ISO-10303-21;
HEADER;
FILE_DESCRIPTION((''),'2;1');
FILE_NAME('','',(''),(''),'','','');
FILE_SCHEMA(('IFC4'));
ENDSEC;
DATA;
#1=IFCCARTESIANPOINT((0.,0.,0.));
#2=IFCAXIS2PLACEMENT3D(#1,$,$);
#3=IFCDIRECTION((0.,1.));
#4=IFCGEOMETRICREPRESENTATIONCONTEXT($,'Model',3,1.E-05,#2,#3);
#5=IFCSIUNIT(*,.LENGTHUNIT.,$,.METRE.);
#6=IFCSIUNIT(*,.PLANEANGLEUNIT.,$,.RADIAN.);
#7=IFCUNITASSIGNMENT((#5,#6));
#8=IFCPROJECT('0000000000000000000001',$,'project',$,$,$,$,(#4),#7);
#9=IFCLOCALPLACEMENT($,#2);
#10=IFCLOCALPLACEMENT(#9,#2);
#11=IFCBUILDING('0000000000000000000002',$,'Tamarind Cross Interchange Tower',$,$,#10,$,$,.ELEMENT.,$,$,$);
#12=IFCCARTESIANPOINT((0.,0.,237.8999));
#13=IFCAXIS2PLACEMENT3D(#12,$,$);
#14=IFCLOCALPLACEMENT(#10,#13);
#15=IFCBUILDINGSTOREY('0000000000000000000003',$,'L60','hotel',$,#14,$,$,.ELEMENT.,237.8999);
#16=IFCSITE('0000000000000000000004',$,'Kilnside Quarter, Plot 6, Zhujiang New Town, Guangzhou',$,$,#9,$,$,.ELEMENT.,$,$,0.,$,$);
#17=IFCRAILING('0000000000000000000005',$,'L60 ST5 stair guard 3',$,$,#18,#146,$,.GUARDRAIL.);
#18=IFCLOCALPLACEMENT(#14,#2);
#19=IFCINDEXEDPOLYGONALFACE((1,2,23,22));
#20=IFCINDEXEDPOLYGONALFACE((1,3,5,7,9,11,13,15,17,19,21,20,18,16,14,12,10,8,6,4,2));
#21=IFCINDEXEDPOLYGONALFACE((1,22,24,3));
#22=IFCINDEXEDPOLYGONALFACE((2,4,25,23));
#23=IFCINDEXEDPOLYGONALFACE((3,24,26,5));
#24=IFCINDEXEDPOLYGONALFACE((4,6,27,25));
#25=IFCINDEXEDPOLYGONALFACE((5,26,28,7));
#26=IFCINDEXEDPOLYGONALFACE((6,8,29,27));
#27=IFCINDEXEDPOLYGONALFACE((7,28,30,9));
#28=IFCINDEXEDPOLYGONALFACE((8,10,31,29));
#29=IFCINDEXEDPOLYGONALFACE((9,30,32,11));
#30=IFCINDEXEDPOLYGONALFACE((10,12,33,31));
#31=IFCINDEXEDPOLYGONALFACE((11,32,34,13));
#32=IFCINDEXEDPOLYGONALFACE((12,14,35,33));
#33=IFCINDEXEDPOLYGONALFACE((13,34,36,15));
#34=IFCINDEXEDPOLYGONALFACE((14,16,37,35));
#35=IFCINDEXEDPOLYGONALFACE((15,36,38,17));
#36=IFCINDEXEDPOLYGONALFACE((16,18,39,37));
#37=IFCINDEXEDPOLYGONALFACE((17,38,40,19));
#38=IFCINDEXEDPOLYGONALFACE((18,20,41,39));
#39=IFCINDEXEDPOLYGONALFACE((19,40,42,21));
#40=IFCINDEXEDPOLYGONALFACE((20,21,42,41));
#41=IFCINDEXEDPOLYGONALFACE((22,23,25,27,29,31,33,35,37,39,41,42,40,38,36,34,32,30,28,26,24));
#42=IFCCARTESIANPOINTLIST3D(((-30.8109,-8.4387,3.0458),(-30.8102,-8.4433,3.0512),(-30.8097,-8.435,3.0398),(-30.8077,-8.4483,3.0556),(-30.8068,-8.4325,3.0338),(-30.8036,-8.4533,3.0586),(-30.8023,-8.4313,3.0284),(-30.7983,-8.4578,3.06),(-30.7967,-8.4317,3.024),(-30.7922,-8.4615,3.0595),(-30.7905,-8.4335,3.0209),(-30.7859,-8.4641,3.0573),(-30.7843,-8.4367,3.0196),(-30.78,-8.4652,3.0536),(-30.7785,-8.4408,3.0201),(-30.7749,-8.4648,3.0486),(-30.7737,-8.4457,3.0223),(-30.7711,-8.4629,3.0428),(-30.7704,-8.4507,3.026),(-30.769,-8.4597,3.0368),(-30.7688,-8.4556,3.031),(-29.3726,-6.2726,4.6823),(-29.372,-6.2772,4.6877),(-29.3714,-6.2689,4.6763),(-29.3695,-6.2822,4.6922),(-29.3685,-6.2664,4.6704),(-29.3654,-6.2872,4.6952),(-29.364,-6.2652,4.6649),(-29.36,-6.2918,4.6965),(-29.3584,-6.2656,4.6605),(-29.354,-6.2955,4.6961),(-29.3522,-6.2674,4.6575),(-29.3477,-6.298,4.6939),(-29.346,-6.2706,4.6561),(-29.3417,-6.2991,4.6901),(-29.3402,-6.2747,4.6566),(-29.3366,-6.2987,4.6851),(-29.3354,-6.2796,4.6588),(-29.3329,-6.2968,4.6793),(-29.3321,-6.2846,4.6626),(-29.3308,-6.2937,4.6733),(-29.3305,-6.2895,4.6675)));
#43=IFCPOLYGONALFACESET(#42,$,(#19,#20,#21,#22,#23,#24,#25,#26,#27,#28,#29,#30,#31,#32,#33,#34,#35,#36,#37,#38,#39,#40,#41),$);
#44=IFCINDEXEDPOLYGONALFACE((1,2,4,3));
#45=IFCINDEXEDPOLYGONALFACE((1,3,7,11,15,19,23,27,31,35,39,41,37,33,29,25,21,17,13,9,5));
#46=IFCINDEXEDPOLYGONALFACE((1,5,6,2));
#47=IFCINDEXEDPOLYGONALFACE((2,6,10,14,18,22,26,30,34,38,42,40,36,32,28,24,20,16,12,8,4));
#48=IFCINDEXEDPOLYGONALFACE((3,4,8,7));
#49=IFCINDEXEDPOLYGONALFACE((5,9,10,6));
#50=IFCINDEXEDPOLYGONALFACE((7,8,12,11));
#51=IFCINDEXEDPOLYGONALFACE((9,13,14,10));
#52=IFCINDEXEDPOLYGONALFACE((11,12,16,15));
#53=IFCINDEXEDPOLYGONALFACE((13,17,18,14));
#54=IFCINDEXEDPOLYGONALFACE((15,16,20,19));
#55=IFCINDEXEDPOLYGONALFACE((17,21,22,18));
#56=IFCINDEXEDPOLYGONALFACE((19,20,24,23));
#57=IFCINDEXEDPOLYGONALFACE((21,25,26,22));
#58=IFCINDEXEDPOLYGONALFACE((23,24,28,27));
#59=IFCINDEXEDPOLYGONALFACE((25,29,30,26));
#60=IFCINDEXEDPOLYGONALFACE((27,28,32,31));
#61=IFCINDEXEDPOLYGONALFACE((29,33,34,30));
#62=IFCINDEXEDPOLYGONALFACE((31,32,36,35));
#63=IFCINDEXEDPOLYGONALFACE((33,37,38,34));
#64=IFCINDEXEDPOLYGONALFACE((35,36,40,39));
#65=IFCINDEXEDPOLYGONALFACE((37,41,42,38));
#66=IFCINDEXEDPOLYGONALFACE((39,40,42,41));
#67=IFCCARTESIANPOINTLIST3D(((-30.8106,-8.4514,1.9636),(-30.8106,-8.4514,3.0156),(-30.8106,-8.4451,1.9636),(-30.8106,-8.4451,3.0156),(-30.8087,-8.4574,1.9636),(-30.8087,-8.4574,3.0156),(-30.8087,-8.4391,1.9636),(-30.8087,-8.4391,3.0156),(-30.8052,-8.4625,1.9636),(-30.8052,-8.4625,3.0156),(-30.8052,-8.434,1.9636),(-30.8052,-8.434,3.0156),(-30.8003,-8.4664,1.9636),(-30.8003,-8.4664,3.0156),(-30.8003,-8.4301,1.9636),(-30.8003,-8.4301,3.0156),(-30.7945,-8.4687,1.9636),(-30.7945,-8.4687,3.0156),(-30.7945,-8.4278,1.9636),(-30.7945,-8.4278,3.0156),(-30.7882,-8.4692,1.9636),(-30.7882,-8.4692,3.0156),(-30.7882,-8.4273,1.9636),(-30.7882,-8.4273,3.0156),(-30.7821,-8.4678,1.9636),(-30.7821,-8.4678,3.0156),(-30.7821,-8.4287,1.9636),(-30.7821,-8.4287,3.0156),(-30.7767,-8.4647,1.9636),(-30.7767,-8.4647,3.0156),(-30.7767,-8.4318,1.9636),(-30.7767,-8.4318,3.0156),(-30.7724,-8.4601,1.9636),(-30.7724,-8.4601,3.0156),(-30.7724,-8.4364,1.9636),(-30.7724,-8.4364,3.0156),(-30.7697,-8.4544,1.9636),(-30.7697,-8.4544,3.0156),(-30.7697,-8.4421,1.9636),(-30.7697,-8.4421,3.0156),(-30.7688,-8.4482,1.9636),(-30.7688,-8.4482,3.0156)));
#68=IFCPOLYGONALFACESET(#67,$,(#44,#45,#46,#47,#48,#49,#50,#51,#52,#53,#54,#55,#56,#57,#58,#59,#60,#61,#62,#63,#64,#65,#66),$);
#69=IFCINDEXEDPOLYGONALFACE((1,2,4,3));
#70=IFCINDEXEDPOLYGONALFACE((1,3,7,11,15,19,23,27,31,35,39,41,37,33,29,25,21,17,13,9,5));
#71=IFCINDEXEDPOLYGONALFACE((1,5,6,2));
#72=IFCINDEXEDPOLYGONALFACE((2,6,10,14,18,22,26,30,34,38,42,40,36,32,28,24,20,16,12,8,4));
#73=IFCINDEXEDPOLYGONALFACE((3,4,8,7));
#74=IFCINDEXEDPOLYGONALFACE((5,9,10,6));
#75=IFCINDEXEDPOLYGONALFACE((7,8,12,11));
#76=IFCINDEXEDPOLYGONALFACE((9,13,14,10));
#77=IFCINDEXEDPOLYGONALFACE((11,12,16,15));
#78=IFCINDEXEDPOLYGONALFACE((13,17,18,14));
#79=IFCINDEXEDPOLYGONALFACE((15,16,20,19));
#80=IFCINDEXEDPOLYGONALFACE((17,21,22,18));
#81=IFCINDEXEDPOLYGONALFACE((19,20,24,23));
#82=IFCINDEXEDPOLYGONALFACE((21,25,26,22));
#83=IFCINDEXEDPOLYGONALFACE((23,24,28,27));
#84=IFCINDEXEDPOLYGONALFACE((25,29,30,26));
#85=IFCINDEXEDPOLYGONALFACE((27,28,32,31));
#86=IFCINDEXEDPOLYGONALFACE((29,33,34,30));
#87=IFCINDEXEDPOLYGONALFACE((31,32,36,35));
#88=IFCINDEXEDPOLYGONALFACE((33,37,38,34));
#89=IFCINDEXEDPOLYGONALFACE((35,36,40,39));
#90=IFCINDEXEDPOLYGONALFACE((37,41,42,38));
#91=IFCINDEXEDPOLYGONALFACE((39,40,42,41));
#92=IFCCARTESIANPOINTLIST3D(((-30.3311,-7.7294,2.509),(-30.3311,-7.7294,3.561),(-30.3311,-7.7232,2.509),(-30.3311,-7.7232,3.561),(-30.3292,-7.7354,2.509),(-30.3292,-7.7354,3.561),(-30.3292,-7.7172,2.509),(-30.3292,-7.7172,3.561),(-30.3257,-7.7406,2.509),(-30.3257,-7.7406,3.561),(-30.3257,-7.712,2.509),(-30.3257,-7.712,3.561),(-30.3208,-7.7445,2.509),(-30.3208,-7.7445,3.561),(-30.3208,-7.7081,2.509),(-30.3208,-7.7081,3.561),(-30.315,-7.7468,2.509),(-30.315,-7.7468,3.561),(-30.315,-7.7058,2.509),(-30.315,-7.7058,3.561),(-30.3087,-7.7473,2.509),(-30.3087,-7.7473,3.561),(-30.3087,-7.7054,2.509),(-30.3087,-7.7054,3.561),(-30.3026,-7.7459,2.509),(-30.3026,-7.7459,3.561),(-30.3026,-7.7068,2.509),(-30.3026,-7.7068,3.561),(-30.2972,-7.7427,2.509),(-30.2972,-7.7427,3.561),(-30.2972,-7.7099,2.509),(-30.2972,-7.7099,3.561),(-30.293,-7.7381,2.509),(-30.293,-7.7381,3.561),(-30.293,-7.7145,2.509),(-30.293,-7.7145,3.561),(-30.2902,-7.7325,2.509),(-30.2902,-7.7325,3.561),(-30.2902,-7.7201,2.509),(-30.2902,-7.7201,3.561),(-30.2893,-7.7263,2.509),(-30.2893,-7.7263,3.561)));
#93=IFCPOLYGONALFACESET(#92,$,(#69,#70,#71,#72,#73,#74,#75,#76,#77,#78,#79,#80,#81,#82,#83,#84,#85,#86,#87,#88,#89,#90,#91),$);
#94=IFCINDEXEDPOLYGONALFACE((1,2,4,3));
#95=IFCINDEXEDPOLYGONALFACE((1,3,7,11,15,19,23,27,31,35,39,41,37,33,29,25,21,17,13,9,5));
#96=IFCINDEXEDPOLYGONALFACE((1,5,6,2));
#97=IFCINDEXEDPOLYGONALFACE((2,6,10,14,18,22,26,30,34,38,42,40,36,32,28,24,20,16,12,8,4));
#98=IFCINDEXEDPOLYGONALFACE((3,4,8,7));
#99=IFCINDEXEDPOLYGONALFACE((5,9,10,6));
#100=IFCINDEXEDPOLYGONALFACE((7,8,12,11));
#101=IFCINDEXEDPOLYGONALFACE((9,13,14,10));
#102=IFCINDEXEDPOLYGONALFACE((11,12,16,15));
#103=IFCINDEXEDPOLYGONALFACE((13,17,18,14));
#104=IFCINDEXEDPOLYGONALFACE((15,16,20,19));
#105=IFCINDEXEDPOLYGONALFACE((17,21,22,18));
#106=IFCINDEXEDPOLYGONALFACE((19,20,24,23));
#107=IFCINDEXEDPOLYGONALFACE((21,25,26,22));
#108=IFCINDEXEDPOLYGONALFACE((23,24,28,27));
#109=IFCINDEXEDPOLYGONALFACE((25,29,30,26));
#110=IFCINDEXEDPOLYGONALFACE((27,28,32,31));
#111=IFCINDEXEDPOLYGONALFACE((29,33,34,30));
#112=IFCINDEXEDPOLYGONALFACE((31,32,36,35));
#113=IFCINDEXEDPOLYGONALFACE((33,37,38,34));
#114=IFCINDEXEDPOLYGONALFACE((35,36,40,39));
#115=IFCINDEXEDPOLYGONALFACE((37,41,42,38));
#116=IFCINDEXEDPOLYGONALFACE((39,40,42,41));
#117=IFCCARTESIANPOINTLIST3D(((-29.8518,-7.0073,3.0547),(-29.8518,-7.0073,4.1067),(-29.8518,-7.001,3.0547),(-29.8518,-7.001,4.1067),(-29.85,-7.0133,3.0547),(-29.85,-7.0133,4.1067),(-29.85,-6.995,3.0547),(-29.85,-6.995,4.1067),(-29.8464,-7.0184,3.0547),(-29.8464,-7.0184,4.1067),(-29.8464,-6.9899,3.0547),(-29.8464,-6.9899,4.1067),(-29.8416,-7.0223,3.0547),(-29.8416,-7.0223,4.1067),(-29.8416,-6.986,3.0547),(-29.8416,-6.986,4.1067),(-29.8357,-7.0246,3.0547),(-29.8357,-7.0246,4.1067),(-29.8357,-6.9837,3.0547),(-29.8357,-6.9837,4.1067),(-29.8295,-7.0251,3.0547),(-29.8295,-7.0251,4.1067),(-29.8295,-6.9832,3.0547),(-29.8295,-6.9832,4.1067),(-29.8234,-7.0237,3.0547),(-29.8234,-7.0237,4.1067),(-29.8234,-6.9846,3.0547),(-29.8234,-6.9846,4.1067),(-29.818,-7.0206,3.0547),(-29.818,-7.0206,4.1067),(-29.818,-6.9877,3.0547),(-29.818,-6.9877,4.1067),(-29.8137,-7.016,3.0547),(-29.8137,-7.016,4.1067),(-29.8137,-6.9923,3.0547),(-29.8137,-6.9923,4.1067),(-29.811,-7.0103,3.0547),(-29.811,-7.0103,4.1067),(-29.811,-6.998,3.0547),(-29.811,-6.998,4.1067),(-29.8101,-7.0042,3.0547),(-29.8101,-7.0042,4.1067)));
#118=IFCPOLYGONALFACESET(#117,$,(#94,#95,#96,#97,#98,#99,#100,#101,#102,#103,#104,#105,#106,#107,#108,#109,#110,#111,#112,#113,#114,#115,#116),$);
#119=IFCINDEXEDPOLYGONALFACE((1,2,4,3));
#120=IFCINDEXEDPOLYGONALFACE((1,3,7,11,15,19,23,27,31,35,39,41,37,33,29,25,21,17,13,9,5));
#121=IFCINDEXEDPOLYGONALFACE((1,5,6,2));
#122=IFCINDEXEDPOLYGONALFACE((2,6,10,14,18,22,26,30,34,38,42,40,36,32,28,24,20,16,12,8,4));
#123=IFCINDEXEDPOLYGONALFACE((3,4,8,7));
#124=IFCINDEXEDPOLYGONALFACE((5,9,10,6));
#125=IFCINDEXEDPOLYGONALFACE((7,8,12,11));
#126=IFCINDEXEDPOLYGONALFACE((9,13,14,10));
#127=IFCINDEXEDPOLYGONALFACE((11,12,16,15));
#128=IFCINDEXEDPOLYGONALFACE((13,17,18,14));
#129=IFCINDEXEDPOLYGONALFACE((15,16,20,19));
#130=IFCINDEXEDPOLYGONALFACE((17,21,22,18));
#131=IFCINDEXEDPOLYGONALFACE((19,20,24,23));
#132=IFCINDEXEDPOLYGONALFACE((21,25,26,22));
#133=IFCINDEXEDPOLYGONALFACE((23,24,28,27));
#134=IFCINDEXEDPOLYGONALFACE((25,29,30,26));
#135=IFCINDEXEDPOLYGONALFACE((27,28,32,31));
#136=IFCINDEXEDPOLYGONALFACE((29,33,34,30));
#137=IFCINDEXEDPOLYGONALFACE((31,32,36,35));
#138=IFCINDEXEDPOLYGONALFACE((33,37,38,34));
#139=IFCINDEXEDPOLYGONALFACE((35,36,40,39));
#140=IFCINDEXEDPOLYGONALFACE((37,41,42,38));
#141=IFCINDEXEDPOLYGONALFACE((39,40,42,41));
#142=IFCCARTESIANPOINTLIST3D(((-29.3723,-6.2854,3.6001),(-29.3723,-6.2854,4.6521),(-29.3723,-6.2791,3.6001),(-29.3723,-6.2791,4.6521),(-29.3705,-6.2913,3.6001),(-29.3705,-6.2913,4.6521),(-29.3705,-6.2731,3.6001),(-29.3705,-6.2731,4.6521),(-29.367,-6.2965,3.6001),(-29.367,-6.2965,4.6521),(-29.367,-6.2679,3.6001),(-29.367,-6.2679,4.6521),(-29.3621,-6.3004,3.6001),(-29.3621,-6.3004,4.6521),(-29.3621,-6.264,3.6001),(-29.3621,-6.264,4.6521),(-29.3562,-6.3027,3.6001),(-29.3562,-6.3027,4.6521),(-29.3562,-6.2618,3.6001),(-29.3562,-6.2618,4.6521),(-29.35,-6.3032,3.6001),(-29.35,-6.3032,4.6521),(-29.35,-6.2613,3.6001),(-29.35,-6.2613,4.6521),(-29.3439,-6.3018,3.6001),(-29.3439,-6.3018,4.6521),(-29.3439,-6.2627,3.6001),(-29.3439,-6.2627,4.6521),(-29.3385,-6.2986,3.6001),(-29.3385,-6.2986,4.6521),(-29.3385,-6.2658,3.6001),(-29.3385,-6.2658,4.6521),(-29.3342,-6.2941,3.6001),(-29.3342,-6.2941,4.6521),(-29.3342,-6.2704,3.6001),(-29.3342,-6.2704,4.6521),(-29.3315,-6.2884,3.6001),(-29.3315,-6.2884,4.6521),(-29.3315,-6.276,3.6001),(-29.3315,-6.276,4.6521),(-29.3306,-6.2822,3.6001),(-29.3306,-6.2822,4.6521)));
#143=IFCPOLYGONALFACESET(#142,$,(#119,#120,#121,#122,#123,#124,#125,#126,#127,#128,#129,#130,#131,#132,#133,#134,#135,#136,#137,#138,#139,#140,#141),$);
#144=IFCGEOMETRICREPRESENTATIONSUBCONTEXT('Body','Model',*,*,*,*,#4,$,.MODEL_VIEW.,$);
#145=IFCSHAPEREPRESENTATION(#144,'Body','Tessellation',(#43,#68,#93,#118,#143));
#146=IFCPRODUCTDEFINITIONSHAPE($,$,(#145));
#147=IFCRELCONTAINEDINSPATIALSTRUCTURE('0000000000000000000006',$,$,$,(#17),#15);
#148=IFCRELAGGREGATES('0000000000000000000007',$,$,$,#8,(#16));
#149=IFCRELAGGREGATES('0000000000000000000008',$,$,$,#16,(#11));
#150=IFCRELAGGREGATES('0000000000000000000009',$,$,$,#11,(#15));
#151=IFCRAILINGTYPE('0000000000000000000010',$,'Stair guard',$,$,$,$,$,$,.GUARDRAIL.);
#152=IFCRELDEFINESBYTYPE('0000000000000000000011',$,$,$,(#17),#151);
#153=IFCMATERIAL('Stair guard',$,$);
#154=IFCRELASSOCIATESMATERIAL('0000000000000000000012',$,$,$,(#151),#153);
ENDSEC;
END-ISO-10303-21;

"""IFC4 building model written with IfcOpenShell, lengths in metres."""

from ifc_helpers import new_model, si_unit, direction, frame, origin, origin_2d, place, context, subcontext, project, spatial, circle, extrude, material, type_object, element, save


model = new_model("IFC4")

# Units and contexts
model_context = context("Model", 3, precision=1e-05, world=origin(), true_north=direction((0.0, 1.0)))
body_context = subcontext(model_context, "Body", "Model", "MODEL_VIEW")
ifc_project = project(units=[si_unit("LENGTHUNIT", "METRE"), si_unit("PLANEANGLEUNIT", "RADIAN")], contexts=[model_context])

# Site, building, storey
site_placement = place(None, origin())
site = spatial("IfcSite", under=ifc_project, at=site_placement, Name="Kilnside Quarter, Plot 6, Zhujiang New Town, Guangzhou", CompositionType="ELEMENT", RefElevation=0.0)
building_placement = place(site_placement, origin())
building = spatial("IfcBuilding", under=site, at=building_placement, Name="Tamarind Cross Interchange Tower", CompositionType="ELEMENT")
storey_placement = place(building_placement, frame((0.0, 0.0, 237.8999)))
storey = spatial("IfcBuildingStorey", under=building, at=storey_placement, Name="L60", Description="hotel", CompositionType="ELEMENT", Elevation=237.8999)

# Railing
ifc_material_1 = material(Name="Stair guard")
railing_type_1 = type_object("IfcRailingType", Name="Stair guard", PredefinedType="GUARDRAIL", material=ifc_material_1)
railing_1_placement = place(storey_placement, frame((-30.7898, -8.4482, 1.9636)))
element("IfcRailing", 1, at=railing_1_placement, inside=storey, type_object=railing_type_1, Name="L60 ST5 stair guard 3", PredefinedType="GUARDRAIL", context=body_context, shape_type="SweptSolid", body=[
    extrude(circle(Radius=0.0239, at=origin_2d()), frame((0.0, 0.0, 1.0762), z_axis=(0.46815, 0.705046, 0.532678), x_axis=(-0.833075, 0.553161, 0.0)), (0.0, 0.0, 1.0), 3.0723),
    extrude(circle(Radius=0.021, at=origin_2d()), origin(), (0.0, 0.0, 1.0), 1.052),
    extrude(circle(Radius=0.021, at=origin_2d()), frame((0.4795, 0.7219, 0.5454)), (0.0, 0.0, 1.0), 1.052),
    extrude(circle(Radius=0.021, at=origin_2d()), frame((0.9587, 1.4441, 1.0911)), (0.0, 0.0, 1.0), 1.052),
    extrude(circle(Radius=0.021, at=origin_2d()), frame((1.4382, 2.166, 1.6365)), (0.0, 0.0, 1.0), 1.052),
])

save(model, "model.ifc")
